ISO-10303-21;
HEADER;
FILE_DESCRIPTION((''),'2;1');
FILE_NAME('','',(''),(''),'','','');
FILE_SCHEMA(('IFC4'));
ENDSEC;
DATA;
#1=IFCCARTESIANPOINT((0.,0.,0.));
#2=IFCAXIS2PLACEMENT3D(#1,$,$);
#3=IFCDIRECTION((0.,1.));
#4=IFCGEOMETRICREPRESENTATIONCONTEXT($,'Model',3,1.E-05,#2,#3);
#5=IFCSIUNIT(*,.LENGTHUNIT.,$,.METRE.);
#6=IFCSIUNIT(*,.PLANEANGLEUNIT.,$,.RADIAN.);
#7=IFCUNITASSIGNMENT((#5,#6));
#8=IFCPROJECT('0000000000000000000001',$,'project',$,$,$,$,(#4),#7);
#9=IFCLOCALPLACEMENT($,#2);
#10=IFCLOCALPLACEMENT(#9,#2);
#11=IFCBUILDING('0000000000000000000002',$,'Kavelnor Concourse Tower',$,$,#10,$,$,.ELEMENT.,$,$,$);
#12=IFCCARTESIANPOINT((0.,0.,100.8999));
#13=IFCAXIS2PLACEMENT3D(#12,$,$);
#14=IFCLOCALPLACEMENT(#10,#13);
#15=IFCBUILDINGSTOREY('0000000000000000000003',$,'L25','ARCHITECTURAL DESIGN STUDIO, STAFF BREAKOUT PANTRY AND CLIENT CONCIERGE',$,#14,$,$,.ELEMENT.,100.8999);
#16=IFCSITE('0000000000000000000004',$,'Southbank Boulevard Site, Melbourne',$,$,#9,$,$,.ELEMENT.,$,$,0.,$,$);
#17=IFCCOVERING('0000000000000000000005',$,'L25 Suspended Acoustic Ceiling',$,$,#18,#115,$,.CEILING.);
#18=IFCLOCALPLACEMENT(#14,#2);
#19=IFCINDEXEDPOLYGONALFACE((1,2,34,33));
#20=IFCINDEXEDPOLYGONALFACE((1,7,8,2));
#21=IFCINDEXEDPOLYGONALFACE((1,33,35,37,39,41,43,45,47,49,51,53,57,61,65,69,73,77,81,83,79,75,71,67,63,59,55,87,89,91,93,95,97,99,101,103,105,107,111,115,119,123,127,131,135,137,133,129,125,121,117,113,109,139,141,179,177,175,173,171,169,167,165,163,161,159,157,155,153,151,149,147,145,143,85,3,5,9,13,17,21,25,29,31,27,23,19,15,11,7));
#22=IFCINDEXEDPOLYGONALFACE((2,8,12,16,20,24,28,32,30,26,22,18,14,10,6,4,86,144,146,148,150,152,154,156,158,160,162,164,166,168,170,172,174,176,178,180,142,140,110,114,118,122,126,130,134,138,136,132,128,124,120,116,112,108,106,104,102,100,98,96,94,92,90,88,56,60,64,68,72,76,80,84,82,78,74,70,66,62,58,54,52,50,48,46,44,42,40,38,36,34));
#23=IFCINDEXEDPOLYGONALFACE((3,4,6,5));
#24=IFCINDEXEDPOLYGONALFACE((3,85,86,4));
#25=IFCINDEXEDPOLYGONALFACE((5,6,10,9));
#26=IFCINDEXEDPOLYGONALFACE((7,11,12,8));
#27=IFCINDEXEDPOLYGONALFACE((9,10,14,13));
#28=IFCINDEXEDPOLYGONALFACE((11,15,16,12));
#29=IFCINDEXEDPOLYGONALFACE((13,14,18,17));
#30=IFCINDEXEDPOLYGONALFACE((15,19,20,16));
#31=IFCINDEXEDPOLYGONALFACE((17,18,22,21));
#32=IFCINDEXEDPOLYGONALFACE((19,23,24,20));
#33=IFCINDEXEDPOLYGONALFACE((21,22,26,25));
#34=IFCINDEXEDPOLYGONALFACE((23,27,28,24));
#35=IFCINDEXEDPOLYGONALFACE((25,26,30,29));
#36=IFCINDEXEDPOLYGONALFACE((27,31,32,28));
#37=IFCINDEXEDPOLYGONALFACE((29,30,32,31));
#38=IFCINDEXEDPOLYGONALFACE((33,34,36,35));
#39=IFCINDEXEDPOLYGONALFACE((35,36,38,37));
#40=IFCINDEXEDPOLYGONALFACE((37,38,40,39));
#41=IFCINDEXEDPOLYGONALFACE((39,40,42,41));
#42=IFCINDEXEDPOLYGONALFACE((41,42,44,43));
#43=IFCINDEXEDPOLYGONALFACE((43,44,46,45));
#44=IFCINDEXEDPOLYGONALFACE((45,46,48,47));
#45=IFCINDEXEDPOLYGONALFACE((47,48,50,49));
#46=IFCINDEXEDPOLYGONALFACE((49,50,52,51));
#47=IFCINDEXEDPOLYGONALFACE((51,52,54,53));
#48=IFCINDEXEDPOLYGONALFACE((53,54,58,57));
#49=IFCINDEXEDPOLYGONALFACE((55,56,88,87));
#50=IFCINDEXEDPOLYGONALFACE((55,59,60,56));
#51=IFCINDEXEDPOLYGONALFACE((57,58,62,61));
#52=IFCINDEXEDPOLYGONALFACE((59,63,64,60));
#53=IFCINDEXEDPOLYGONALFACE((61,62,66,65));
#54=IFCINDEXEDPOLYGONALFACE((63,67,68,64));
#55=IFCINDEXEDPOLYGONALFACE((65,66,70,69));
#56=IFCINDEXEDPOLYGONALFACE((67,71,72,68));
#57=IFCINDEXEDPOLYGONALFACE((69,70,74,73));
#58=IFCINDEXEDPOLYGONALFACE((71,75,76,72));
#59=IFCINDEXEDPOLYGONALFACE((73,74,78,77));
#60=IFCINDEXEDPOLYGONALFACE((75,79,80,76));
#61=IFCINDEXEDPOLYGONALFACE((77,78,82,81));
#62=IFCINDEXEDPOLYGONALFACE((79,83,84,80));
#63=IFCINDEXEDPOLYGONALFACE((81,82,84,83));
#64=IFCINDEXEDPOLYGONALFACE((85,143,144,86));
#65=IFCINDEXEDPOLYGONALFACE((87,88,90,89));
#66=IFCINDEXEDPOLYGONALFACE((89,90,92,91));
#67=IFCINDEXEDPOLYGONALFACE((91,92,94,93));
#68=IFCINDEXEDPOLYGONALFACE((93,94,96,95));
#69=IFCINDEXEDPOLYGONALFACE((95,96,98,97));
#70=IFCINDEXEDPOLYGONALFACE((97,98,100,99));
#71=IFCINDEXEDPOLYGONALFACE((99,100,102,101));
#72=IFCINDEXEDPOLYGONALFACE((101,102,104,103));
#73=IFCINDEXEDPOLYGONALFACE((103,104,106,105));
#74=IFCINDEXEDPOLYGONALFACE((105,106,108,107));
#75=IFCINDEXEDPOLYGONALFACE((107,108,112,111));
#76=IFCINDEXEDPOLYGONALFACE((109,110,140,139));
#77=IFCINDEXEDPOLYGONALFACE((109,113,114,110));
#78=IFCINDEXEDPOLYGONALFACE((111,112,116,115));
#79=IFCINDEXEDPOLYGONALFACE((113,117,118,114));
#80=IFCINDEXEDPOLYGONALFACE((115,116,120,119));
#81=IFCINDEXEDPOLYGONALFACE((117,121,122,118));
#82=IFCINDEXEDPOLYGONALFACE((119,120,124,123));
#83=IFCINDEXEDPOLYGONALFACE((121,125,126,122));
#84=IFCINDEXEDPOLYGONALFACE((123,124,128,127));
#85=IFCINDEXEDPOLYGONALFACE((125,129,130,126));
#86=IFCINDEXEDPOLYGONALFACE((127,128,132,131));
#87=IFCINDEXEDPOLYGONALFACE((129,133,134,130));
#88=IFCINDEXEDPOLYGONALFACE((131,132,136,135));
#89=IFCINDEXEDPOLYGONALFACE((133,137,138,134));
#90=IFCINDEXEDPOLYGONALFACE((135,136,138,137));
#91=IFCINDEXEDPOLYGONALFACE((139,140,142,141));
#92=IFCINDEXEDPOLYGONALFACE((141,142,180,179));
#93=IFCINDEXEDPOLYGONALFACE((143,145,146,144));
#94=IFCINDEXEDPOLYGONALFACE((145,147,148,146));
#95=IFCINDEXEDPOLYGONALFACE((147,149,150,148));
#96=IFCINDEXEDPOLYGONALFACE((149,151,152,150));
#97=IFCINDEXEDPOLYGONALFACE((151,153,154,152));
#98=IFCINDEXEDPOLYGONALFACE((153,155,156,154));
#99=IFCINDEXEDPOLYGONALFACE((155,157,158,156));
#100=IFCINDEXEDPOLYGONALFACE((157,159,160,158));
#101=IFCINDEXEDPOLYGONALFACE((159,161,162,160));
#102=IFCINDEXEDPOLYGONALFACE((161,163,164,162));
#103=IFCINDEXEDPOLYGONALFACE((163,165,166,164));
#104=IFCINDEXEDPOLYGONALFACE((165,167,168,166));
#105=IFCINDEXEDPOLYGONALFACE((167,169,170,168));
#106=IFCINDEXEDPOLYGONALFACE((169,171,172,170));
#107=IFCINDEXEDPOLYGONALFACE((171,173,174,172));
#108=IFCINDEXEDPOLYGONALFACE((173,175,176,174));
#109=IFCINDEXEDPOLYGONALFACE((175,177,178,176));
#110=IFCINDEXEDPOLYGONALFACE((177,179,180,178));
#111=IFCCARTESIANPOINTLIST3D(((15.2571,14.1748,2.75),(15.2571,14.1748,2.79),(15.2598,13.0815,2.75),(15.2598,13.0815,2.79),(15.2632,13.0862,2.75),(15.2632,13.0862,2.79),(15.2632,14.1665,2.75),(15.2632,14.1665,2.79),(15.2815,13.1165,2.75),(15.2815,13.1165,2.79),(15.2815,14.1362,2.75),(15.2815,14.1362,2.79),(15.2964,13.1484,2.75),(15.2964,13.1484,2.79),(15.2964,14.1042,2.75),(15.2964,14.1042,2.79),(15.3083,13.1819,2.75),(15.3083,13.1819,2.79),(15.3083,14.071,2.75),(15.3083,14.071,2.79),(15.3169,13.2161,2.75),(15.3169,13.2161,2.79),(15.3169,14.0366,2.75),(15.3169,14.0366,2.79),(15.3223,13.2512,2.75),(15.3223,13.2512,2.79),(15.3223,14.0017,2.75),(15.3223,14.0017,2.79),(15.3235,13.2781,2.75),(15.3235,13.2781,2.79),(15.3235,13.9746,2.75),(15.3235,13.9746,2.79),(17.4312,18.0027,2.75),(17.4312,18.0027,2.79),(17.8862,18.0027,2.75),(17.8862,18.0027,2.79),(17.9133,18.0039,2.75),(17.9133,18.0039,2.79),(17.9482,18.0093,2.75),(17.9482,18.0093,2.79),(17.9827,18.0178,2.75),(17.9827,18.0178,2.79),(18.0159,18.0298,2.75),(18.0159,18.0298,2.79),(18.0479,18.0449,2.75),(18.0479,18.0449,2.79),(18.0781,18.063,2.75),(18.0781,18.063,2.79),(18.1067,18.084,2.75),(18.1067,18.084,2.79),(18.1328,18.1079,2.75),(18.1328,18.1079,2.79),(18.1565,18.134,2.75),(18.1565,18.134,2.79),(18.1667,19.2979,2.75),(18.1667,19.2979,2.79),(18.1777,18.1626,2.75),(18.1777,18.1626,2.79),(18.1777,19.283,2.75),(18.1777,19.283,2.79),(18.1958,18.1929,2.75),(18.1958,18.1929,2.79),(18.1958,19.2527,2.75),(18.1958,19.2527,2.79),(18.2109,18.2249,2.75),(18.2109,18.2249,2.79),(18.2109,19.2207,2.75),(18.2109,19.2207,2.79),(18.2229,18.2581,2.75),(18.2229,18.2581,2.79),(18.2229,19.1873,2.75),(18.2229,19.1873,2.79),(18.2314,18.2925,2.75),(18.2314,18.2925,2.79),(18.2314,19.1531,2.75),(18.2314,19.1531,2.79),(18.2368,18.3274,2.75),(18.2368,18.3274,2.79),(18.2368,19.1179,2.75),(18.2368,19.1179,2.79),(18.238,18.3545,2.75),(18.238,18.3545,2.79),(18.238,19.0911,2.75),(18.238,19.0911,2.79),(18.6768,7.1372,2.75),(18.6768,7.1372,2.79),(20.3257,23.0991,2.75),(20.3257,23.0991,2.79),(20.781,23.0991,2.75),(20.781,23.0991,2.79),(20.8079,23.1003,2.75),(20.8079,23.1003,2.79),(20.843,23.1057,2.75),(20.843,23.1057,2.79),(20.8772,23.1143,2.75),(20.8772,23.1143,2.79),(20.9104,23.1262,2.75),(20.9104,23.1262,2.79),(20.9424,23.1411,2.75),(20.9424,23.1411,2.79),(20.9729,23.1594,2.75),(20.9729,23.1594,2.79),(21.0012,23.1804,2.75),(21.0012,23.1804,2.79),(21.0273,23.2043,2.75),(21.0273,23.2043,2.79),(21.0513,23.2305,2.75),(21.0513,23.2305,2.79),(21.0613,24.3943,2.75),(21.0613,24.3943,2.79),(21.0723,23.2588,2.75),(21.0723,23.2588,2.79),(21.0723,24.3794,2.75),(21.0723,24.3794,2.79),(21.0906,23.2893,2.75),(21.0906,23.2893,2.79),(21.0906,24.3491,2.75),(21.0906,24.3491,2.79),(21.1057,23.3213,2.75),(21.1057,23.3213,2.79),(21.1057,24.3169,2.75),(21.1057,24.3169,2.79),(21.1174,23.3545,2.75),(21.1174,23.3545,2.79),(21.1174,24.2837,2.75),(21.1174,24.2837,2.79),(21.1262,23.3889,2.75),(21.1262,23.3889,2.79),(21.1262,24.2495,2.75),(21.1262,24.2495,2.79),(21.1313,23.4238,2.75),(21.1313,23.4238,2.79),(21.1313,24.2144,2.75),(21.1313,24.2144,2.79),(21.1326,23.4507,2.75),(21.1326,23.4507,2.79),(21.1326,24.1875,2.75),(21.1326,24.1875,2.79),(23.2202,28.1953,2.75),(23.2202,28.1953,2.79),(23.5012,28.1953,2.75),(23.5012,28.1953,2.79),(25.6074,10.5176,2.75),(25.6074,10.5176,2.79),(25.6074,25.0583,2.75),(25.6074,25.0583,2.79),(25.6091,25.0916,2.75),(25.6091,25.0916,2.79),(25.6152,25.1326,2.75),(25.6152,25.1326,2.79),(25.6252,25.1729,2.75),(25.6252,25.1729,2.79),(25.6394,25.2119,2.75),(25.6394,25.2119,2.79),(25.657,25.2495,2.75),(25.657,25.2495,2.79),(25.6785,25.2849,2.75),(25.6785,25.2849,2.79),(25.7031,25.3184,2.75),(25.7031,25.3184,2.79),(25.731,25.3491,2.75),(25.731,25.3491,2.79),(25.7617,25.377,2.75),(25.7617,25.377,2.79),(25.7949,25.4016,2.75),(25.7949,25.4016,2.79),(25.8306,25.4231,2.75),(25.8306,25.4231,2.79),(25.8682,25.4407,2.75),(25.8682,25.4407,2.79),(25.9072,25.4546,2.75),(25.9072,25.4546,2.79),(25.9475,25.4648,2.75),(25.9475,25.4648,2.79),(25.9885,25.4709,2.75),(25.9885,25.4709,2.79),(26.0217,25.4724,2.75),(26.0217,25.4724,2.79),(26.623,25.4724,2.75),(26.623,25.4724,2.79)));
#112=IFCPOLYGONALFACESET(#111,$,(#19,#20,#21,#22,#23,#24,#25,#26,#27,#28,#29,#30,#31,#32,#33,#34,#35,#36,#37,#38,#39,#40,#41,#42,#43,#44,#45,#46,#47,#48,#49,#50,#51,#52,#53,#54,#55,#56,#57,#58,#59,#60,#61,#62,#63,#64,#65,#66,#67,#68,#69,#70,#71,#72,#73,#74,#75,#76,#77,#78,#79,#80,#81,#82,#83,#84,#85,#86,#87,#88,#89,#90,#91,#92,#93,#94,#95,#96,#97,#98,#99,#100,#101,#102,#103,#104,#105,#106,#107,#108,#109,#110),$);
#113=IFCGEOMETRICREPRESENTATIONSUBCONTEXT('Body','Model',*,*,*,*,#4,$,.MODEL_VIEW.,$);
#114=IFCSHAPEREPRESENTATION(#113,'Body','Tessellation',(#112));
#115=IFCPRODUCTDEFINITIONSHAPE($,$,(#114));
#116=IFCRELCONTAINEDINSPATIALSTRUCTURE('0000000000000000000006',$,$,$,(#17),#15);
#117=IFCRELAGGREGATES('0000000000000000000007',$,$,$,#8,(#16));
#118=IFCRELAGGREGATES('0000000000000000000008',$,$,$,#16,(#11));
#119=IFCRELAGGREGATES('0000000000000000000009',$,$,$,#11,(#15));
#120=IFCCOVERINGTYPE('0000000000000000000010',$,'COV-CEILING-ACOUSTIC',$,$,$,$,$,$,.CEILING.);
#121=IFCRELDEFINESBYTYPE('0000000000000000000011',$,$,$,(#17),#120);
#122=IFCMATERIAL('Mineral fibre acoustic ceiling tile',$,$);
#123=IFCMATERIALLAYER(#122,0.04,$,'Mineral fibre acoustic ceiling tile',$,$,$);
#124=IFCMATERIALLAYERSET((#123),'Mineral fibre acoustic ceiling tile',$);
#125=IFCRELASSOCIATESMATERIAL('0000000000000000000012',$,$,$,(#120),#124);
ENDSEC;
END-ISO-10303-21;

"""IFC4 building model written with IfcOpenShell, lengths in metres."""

from ifc_helpers import new_model, si_unit, direction, frame, origin, place, context, subcontext, project, spatial, polyline, outline, extrude, material, layer, layer_set, type_object, element, save


model = new_model("IFC4")

# Units and contexts
model_context = context("Model", 3, precision=1e-05, world=origin(), true_north=direction((0.0, 1.0)))
body_context = subcontext(model_context, "Body", "Model", "MODEL_VIEW")
ifc_project = project(units=[si_unit("LENGTHUNIT", "METRE"), si_unit("PLANEANGLEUNIT", "RADIAN")], contexts=[model_context])

# Site, building, storey
site_placement = place(None, origin())
site = spatial("IfcSite", under=ifc_project, at=site_placement, Name="Southbank Boulevard Site, Melbourne", CompositionType="ELEMENT", RefElevation=0.0)
building_placement = place(site_placement, origin())
building = spatial("IfcBuilding", under=site, at=building_placement, Name="Kavelnor Concourse Tower", CompositionType="ELEMENT")
storey_placement = place(building_placement, frame((0.0, 0.0, 100.8999)))
storey = spatial("IfcBuildingStorey", under=building, at=storey_placement, Name="L25", Description="ARCHITECTURAL DESIGN STUDIO, STAFF BREAKOUT PANTRY AND CLIENT CONCIERGE", CompositionType="ELEMENT", Elevation=100.8999)

# Covering
ifc_material_1 = material(Name="Mineral fibre acoustic ceiling tile")
ifc_layer_1 = layer(ifc_material_1, 0.04, Name="Mineral fibre acoustic ceiling tile")
ifc_layer_set_1 = layer_set([ifc_layer_1], Name="Mineral fibre acoustic ceiling tile")
covering_type_1 = type_object("IfcCoveringType", Name="COV-CEILING-ACOUSTIC", PredefinedType="CEILING", material=ifc_layer_set_1)
covering_1_placement = place(storey_placement, frame((0.0, 0.0, 2.75)))
element("IfcCovering", 1, at=covering_1_placement, inside=storey, type_object=covering_type_1, Name="L25 Suspended Acoustic Ceiling", PredefinedType="CEILING", context=body_context, shape_type="SweptSolid", body=[
    extrude(outline(polyline([(17.4312, 18.0027), (17.8862, 18.0027), (17.9133, 18.0039), (17.9482, 18.0093), (17.9827, 18.0178), (18.0159, 18.0298), (18.0479, 18.0449), (18.0781, 18.063), (18.1067, 18.084), (18.1328, 18.1079), (18.1565, 18.134), (18.1777, 18.1626), (18.1958, 18.1929), (18.2109, 18.2249), (18.2229, 18.2581), (18.2314, 18.2925), (18.2368, 18.3274), (18.238, 18.3545), (18.238, 19.0911), (18.2368, 19.1179), (18.2314, 19.1531), (18.2229, 19.1873), (18.2109, 19.2207), (18.1958, 19.2527), (18.1777, 19.283), (18.1667, 19.2979), (20.3257, 23.0991), (20.781, 23.0991), (20.8079, 23.1003), (20.843, 23.1057), (20.8772, 23.1143), (20.9104, 23.1262), (20.9424, 23.1411), (20.9729, 23.1594), (21.0012, 23.1804), (21.0273, 23.2043), (21.0513, 23.2305), (21.0723, 23.2588), (21.0906, 23.2893), (21.1057, 23.3213), (21.1174, 23.3545), (21.1262, 23.3889), (21.1313, 23.4238), (21.1326, 23.4507), (21.1326, 24.1875), (21.1313, 24.2144), (21.1262, 24.2495), (21.1174, 24.2837), (21.1057, 24.3169), (21.0906, 24.3491), (21.0723, 24.3794), (21.0613, 24.3943), (23.2202, 28.1953), (23.5012, 28.1953), (26.623, 25.4724), (26.0217, 25.4724), (25.9885, 25.4709), (25.9475, 25.4648), (25.9072, 25.4546), (25.8682, 25.4407), (25.8306, 25.4231), (25.7949, 25.4016), (25.7617, 25.377), (25.731, 25.3491), (25.7031, 25.3184), (25.6785, 25.2849), (25.657, 25.2495), (25.6394, 25.2119), (25.6252, 25.1729), (25.6152, 25.1326), (25.6091, 25.0916), (25.6074, 25.0583), (25.6074, 10.5176), (18.6768, 7.1372), (15.2598, 13.0815), (15.2632, 13.0862), (15.2815, 13.1165), (15.2964, 13.1484), (15.3083, 13.1819), (15.3169, 13.2161), (15.3223, 13.2512), (15.3235, 13.2781), (15.3235, 13.9746), (15.3223, 14.0017), (15.3169, 14.0366), (15.3083, 14.071), (15.2964, 14.1042), (15.2815, 14.1362), (15.2632, 14.1665), (15.2571, 14.1748), (17.4312, 18.0027)])), origin(), (0.0, 0.0, 1.0), 0.04),
])

save(model, "model.ifc")
